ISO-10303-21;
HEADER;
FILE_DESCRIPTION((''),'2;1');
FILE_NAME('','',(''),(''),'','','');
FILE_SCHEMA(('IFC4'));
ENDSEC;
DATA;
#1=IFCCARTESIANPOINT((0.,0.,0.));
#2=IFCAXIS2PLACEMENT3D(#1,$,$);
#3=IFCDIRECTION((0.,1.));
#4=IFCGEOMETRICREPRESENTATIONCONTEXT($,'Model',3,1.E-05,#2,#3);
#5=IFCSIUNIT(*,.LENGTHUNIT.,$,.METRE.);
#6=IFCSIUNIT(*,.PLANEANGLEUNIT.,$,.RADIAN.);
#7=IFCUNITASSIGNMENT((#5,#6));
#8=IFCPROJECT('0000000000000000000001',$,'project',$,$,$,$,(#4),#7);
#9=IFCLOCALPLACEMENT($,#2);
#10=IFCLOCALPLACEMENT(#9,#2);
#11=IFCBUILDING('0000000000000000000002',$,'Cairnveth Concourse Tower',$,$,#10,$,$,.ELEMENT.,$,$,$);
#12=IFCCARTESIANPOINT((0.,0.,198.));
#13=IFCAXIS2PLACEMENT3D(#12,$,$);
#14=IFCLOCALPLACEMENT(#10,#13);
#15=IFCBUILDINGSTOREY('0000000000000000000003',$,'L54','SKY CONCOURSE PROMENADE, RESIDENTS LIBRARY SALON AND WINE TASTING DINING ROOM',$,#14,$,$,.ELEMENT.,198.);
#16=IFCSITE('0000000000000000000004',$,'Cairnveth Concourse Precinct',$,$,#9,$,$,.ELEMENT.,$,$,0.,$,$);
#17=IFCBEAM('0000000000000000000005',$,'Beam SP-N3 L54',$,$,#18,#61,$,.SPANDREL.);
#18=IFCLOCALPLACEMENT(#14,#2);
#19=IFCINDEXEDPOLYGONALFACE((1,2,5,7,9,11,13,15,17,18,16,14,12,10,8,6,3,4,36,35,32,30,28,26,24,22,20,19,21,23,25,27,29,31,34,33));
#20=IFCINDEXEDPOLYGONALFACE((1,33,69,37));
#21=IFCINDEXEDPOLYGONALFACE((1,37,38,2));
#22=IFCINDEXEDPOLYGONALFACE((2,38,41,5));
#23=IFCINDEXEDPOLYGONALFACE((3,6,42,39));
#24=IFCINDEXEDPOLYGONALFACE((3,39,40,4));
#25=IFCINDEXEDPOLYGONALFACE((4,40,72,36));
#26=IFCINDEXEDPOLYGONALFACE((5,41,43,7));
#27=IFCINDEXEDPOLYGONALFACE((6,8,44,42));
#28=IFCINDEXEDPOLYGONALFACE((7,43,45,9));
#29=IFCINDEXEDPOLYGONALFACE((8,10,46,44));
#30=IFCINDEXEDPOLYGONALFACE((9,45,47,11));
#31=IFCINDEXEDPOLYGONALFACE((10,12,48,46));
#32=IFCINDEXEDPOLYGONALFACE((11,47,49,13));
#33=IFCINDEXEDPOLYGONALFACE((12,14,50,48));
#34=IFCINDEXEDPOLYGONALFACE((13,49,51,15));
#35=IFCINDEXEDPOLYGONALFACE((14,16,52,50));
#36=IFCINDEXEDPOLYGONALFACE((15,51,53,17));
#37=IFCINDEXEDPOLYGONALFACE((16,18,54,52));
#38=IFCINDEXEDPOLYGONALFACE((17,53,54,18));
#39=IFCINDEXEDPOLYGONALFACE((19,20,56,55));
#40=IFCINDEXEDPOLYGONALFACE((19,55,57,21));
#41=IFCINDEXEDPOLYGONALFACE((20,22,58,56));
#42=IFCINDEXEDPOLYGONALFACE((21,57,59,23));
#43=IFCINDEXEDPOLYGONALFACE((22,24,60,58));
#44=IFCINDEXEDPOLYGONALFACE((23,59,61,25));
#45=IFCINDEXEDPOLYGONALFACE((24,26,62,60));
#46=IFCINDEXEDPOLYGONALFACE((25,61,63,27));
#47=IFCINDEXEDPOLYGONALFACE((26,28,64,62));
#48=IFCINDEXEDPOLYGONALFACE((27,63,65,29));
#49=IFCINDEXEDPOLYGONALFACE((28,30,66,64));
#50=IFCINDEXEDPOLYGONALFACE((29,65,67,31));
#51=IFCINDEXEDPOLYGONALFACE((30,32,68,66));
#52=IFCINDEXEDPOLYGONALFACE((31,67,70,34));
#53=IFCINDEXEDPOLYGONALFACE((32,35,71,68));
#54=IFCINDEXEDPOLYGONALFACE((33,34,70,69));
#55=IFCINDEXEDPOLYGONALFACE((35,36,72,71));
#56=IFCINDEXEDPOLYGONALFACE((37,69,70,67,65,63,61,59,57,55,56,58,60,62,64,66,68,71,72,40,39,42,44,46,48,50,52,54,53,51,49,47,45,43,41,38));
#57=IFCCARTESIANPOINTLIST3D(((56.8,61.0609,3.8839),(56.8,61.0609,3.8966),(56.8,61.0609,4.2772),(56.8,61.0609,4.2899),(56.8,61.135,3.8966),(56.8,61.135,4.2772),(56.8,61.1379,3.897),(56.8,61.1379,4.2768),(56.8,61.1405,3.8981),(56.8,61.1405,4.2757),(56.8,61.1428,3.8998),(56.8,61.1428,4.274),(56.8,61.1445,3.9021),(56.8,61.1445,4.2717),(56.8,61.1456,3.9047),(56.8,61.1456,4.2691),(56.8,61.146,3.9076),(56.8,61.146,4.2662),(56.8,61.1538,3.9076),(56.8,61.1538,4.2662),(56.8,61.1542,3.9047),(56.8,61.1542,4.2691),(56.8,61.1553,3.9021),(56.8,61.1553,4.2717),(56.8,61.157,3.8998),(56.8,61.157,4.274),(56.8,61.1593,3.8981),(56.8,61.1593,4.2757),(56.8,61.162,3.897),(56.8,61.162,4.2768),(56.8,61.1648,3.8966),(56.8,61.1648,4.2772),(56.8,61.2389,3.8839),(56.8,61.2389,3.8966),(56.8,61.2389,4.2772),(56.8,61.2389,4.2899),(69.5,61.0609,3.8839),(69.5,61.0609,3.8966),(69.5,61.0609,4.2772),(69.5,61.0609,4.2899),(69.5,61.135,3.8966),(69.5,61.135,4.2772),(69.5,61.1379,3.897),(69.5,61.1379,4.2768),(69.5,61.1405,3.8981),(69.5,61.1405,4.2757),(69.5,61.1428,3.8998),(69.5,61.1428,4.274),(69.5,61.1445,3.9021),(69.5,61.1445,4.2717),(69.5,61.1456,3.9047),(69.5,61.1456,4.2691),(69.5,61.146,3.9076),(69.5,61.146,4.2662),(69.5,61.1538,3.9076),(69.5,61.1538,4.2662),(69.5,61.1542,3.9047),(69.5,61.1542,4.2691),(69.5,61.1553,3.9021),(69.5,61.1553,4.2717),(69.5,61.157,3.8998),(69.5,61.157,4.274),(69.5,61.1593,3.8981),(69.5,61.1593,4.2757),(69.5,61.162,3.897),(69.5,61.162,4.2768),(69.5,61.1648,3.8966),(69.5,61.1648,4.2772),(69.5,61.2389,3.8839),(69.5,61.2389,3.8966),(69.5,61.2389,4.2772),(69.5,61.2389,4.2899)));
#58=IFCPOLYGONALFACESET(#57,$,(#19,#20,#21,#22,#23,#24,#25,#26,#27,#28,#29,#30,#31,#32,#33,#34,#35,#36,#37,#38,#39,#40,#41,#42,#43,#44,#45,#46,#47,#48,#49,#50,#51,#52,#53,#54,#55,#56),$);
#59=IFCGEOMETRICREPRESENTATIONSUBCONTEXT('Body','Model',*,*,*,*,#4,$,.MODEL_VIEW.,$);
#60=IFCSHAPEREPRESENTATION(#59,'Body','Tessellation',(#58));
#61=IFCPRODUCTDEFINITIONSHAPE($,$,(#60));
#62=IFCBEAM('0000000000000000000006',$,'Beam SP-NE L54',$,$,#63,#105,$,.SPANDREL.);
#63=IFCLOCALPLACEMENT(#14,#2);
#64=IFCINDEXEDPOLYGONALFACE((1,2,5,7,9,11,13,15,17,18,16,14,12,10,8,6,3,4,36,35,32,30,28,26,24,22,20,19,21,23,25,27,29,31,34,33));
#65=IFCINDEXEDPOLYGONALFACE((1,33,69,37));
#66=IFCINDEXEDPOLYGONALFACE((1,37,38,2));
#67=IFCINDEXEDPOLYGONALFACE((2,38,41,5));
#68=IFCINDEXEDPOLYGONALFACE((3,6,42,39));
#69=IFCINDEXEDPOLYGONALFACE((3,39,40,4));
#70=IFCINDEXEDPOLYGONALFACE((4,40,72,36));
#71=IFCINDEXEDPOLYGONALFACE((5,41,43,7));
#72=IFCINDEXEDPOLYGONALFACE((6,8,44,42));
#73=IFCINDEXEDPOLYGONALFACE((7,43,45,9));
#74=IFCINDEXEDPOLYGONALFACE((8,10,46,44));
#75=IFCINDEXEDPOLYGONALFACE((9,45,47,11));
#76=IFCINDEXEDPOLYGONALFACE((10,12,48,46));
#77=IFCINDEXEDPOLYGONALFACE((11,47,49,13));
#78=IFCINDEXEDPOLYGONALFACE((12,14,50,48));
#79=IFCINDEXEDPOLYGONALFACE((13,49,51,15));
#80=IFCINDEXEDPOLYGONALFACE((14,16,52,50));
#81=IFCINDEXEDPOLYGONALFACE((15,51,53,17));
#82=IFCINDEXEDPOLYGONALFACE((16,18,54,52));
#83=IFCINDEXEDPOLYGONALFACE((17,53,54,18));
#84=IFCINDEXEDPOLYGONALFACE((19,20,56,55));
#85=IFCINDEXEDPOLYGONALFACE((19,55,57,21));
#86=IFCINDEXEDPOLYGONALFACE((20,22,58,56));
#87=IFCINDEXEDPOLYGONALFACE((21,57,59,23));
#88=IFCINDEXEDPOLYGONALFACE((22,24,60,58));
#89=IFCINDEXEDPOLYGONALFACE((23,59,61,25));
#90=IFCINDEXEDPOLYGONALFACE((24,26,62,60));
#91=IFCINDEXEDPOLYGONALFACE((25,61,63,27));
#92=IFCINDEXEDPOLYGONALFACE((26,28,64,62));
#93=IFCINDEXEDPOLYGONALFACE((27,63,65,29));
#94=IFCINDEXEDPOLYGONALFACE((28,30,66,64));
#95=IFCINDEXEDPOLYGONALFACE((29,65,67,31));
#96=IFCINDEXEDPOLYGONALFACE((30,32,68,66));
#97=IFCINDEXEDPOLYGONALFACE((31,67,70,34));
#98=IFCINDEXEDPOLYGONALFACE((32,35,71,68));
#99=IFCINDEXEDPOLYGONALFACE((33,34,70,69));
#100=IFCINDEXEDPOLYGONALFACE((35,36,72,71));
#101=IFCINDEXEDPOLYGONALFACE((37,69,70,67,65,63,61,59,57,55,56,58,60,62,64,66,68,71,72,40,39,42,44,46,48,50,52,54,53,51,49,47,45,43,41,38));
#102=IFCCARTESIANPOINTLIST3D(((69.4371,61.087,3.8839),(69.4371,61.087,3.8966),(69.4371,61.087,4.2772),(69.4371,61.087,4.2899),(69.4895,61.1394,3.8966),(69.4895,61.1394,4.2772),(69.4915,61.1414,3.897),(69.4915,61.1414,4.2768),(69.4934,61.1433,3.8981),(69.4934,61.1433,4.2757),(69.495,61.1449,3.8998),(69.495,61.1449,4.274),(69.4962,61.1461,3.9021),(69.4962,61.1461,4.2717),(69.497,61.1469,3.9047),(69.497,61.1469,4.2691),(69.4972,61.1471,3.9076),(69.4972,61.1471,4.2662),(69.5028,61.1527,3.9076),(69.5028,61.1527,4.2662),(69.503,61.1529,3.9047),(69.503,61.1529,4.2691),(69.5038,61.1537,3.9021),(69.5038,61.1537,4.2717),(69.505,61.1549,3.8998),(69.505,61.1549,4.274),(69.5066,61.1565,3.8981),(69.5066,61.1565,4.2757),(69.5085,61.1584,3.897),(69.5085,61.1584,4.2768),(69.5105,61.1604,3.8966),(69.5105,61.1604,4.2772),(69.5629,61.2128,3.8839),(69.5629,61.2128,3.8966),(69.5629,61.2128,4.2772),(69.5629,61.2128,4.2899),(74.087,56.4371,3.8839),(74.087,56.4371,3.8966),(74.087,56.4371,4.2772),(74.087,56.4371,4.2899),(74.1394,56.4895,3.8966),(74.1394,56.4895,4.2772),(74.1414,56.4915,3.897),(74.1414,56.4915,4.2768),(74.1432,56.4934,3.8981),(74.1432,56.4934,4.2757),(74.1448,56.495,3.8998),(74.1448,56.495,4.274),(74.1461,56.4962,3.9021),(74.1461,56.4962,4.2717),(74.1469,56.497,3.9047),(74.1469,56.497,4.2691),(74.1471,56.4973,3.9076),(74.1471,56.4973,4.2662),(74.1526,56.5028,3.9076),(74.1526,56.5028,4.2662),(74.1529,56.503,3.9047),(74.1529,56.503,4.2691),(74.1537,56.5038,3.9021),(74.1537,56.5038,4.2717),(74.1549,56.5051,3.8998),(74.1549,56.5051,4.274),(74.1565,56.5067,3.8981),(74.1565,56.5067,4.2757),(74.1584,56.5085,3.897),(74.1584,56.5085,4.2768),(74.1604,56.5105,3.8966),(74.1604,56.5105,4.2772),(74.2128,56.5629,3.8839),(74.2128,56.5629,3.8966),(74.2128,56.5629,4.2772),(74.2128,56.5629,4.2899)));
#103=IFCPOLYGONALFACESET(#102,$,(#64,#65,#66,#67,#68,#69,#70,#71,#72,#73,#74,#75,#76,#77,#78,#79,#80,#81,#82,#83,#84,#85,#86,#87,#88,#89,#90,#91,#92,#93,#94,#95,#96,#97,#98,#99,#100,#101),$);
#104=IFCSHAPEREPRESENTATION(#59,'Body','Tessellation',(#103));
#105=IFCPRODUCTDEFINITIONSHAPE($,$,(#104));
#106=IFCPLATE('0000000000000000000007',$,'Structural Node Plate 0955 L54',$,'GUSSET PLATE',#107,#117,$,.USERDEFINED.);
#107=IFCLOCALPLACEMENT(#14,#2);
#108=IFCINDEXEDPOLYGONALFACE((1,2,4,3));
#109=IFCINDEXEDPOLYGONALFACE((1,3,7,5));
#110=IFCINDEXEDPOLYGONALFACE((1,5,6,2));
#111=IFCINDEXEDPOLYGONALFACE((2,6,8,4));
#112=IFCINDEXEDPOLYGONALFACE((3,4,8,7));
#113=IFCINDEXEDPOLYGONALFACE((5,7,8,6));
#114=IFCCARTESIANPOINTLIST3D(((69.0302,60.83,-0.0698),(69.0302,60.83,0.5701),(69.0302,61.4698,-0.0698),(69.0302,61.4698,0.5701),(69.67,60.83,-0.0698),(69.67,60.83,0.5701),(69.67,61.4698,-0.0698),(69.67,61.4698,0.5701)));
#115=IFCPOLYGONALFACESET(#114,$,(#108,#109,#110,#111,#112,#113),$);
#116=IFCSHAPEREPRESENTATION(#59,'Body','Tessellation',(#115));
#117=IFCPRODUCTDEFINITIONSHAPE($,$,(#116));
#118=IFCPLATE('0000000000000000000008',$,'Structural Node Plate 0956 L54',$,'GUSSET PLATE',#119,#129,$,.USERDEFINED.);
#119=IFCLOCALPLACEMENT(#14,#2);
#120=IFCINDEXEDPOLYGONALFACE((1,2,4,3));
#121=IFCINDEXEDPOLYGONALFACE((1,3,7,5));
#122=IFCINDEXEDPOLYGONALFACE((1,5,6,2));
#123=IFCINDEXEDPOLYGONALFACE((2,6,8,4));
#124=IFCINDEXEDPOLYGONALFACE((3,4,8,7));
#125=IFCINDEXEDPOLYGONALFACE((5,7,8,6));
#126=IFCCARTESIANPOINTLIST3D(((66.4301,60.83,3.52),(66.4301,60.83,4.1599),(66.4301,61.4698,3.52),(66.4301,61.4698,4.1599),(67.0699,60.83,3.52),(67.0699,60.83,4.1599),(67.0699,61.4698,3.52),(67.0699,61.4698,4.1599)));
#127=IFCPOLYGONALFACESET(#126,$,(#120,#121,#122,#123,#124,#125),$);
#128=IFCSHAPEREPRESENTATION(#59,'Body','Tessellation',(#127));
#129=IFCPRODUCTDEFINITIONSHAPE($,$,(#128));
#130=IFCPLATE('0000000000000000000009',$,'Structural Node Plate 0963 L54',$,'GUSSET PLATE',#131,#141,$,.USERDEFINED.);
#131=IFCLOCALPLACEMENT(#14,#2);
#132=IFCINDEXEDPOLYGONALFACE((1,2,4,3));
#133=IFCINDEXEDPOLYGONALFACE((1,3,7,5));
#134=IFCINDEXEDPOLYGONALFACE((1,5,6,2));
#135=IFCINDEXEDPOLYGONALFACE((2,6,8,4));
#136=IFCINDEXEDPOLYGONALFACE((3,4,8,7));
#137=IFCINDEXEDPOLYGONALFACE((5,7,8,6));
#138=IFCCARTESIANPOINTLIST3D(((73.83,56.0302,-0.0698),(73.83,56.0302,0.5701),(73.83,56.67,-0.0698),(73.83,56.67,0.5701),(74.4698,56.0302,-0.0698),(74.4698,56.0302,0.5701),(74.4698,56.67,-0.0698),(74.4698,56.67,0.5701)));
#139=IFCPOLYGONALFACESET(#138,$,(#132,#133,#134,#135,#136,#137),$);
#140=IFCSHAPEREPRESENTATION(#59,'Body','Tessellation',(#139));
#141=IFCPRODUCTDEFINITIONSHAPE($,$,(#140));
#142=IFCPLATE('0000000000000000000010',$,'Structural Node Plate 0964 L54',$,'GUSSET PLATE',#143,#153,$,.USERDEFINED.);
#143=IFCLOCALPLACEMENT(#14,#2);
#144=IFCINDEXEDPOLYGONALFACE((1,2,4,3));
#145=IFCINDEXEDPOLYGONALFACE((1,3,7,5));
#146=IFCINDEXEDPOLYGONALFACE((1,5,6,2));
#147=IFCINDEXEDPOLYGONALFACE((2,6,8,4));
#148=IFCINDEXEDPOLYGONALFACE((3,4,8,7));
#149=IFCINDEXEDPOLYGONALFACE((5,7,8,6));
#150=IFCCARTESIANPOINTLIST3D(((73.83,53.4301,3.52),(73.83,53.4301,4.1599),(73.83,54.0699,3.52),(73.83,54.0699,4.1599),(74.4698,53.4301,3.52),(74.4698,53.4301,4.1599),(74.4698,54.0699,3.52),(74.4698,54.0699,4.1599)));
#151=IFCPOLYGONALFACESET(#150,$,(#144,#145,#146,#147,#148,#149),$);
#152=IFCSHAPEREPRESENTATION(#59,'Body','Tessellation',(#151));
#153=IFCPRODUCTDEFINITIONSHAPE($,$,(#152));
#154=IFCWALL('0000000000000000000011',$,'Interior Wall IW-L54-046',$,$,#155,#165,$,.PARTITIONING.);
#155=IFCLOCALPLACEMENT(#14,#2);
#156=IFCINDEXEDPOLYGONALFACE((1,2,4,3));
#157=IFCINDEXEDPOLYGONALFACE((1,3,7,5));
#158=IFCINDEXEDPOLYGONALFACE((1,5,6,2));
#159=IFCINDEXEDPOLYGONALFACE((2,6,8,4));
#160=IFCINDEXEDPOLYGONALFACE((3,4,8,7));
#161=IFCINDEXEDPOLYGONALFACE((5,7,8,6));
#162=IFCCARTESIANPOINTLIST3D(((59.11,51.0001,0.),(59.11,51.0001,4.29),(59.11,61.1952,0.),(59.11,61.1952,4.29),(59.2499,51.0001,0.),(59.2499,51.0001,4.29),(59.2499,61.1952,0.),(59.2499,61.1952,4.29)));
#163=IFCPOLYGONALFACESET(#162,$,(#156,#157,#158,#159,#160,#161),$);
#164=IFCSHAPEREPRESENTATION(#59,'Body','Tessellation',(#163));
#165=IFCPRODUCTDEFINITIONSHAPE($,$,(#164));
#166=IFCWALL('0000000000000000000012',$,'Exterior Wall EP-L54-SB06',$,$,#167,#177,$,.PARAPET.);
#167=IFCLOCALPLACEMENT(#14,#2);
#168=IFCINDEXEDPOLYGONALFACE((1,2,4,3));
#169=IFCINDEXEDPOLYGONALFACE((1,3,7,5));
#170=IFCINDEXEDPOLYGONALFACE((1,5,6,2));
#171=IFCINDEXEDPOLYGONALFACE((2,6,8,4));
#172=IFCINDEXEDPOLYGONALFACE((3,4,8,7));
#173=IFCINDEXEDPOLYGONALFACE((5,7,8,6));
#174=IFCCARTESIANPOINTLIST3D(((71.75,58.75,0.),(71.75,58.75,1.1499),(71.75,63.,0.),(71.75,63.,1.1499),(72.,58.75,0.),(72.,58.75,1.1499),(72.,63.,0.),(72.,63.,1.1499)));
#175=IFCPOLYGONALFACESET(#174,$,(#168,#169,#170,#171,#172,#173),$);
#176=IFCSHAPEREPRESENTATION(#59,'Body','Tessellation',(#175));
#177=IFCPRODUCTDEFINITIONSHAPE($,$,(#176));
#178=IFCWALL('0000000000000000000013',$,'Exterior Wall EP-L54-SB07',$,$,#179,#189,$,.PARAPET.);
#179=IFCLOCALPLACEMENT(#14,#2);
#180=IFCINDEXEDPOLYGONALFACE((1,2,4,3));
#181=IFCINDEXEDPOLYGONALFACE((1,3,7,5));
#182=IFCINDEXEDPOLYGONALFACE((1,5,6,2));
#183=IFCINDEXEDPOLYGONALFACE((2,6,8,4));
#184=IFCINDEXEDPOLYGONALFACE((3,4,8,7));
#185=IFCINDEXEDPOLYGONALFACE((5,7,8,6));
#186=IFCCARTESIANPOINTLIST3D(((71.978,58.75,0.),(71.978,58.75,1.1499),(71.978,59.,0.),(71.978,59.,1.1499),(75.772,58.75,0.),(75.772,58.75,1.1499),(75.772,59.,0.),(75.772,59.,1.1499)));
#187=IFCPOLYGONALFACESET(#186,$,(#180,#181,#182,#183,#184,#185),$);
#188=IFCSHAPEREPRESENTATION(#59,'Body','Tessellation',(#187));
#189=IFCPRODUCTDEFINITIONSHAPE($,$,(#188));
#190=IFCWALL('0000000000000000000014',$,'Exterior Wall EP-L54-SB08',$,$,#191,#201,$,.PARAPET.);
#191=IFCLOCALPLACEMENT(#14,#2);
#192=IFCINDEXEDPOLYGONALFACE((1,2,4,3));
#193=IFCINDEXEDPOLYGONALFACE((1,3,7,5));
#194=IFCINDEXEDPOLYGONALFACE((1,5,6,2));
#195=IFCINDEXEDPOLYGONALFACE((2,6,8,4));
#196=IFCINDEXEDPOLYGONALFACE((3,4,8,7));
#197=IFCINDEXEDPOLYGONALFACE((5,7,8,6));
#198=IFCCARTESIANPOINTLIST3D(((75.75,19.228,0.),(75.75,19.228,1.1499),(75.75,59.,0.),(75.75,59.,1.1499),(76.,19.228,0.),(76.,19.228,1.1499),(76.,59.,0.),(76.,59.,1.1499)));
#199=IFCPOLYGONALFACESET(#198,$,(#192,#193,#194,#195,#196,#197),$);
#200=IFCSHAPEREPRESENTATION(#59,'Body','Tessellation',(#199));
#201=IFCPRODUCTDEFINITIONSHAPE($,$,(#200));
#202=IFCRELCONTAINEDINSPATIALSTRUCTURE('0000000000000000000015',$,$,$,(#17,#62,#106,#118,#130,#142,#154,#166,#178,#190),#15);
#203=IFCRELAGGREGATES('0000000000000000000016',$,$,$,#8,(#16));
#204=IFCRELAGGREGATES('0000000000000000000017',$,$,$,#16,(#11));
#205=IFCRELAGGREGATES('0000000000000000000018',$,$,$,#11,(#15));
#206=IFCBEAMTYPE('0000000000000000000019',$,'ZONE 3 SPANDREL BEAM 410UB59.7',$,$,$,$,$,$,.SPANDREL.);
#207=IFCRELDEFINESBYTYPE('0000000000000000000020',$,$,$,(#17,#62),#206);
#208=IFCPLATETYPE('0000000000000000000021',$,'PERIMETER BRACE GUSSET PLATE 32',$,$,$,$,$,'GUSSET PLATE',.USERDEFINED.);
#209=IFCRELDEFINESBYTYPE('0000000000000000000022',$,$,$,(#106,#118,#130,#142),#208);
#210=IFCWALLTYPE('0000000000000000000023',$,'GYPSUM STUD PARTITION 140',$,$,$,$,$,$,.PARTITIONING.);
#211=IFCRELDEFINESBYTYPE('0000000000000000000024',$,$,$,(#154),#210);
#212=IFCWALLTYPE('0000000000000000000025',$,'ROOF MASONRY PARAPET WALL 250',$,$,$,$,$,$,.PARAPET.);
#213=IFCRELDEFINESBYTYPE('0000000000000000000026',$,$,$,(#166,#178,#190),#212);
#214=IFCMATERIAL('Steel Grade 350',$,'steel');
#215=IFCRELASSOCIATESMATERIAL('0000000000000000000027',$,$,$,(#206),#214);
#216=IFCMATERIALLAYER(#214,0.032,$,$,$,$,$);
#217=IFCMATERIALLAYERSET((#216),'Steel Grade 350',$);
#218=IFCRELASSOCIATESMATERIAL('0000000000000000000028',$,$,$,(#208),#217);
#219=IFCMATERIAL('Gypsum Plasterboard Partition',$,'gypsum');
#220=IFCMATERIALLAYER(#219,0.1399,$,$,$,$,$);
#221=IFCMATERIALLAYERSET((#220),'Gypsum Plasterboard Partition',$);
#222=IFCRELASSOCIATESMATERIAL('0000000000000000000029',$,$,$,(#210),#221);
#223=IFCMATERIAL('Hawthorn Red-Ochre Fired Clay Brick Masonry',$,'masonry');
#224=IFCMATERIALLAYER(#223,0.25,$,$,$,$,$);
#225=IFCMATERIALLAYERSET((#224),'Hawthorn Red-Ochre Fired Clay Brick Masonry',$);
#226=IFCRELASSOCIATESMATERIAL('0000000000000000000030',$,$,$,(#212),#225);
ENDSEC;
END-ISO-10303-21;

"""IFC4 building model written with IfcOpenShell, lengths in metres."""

from ifc_helpers import new_model, si_unit, direction, frame, frame_2d, origin, origin_2d, place, context, subcontext, project, spatial, rectangle, i_section, extrude, material, layer, layer_set, material_profile, profile_set, type_object, element, save


model = new_model("IFC4")

# Units and contexts
model_context = context("Model", 3, precision=1e-05, world=origin(), true_north=direction((0.0, 1.0)))
body_context = subcontext(model_context, "Body", "Model", "MODEL_VIEW")
ifc_project = project(units=[si_unit("LENGTHUNIT", "METRE"), si_unit("PLANEANGLEUNIT", "RADIAN")], contexts=[model_context])

# Site, building, storey
site_placement = place(None, origin())
site = spatial("IfcSite", under=ifc_project, at=site_placement, Name="Cairnveth Concourse Precinct", CompositionType="ELEMENT", RefElevation=0.0)
building_placement = place(site_placement, origin())
building = spatial("IfcBuilding", under=site, at=building_placement, Name="Cairnveth Concourse Tower", CompositionType="ELEMENT")
storey_placement = place(building_placement, frame((0.0, 0.0, 198.0)))
storey = spatial("IfcBuildingStorey", under=building, at=storey_placement, Name="L54", Description="SKY CONCOURSE PROMENADE, RESIDENTS LIBRARY SALON AND WINE TASTING DINING ROOM", CompositionType="ELEMENT", Elevation=198.0)

# Shared definitions
ifc_material_1 = material(Name="Steel Grade 350", Category="steel")

# Beams
ifc_material_profile_1 = material_profile(ifc_material_1, i_section(OverallWidth=0.178, OverallDepth=0.406, WebThickness=0.0078, FlangeThickness=0.0127, FilletRadius=0.011, at=origin_2d()), Name="410UB59.7")
ifc_profile_set_1 = profile_set([ifc_material_profile_1], Name="Steel Grade 350")
beam_type_1 = type_object("IfcBeamType", Name="ZONE 3 SPANDREL BEAM 410UB59.7", PredefinedType="SPANDREL", material=ifc_profile_set_1)
beam_1_placement = place(storey_placement, frame((56.8, 61.1499, 4.0869), z_axis=(1.0, 0.0, 0.0), x_axis=(0.0, 1.0, 0.0)))
element("IfcBeam", 1, at=beam_1_placement, inside=storey, type_object=beam_type_1, Name="Beam SP-N3 L54", PredefinedType="SPANDREL", context=body_context, shape_type="SweptSolid", body=[
    extrude(i_section(OverallWidth=0.178, OverallDepth=0.406, WebThickness=0.0078, FlangeThickness=0.0127, FilletRadius=0.011, at=origin_2d()), origin(), (0.0, 0.0, 1.0), 12.7),
])
beam_2_placement = place(storey_placement, frame((69.5, 61.1499, 4.0869), z_axis=(0.707107, -0.707107, 0.0), x_axis=(0.707107, 0.707107, 0.0)))
element("IfcBeam", 2, at=beam_2_placement, inside=storey, type_object=beam_type_1, Name="Beam SP-NE L54", PredefinedType="SPANDREL", context=body_context, shape_type="SweptSolid", body=[
    extrude(i_section(OverallWidth=0.178, OverallDepth=0.406, WebThickness=0.0078, FlangeThickness=0.0127, FilletRadius=0.011, at=origin_2d()), origin(), (0.0, 0.0, 1.0), 6.5759),
])

# Plates
ifc_layer_1 = layer(ifc_material_1, 0.032)
ifc_layer_set_1 = layer_set([ifc_layer_1], Name="Steel Grade 350")
plate_type = type_object("IfcPlateType", Name="PERIMETER BRACE GUSSET PLATE 32", ElementType="GUSSET PLATE", PredefinedType="USERDEFINED", material=ifc_layer_set_1)
for number, where, z_axis, x_axis, name in (
    (3, (69.3501, 61.1499, -0.0698), (0.0, 0.0, 1.0), (1.0, 0.0, 0.0), "Structural Node Plate 0955 L54"),
    (4, (66.75, 61.1499, 3.52), (0.0, 0.0, 1.0), (1.0, 0.0, 0.0), "Structural Node Plate 0956 L54"),
    (5, (74.1499, 56.3501, -0.0698), (0.0, 0.0, 1.0), (1.0, 0.0, 0.0), "Structural Node Plate 0963 L54"),
    (6, (74.1499, 53.75, 3.52), (0.0, 0.0, 1.0), (1.0, 0.0, 0.0), "Structural Node Plate 0964 L54"),
):
    element("IfcPlate", number, at=place(storey_placement, frame(where, z_axis=z_axis, x_axis=x_axis)), inside=storey, type_object=plate_type, Name=name, ObjectType="GUSSET PLATE", PredefinedType="USERDEFINED", context=body_context, shape_type="SweptSolid", body=[
        extrude(rectangle(XDim=0.6399, YDim=0.6399, at=origin_2d()), origin(), (0.0, 0.0, 1.0), 0.6399),
    ])

# Walls
ifc_material_2 = material(Name="Gypsum Plasterboard Partition", Category="gypsum")
ifc_layer_2 = layer(ifc_material_2, 0.1399)
ifc_layer_set_2 = layer_set([ifc_layer_2], Name="Gypsum Plasterboard Partition")
wall_type_1 = type_object("IfcWallType", Name="GYPSUM STUD PARTITION 140", PredefinedType="PARTITIONING", material=ifc_layer_set_2)
wall_1_placement = place(storey_placement, frame((59.1799, 51.0, 0.0), z_axis=(0.0, 0.0, 1.0), x_axis=(0.0, 1.0, 0.0)))
element("IfcWall", 7, at=wall_1_placement, inside=storey, type_object=wall_type_1, Name="Interior Wall IW-L54-046", PredefinedType="PARTITIONING", context=body_context, shape_type="SweptSolid", body=[
    extrude(rectangle(XDim=10.1951, YDim=0.1399, at=frame_2d((5.0977, 0.0))), origin(), (0.0, 0.0, 1.0), 4.29),
])
ifc_material_3 = material(Name="Hawthorn Red-Ochre Fired Clay Brick Masonry", Category="masonry")
ifc_layer_3 = layer(ifc_material_3, 0.25)
ifc_layer_set_3 = layer_set([ifc_layer_3], Name="Hawthorn Red-Ochre Fired Clay Brick Masonry")
wall_type_2 = type_object("IfcWallType", Name="ROOF MASONRY PARAPET WALL 250", PredefinedType="PARAPET", material=ifc_layer_set_3)
wall_2_placement = place(storey_placement, frame((71.875, 63.0, 0.0), z_axis=(0.0, 0.0, 1.0), x_axis=(0.0, -1.0, 0.0)))
element("IfcWall", 8, at=wall_2_placement, inside=storey, type_object=wall_type_2, Name="Exterior Wall EP-L54-SB06", PredefinedType="PARAPET", context=body_context, shape_type="SweptSolid", body=[
    extrude(rectangle(XDim=4.25, YDim=0.25, at=frame_2d((2.125, 0.0))), origin(), (0.0, 0.0, 1.0), 1.1499),
])
wall_3_placement = place(storey_placement, frame((71.978, 58.875, 0.0), z_axis=(0.0, 0.0, 1.0), x_axis=(1.0, 0.0, 0.0)))
element("IfcWall", 9, at=wall_3_placement, inside=storey, type_object=wall_type_2, Name="Exterior Wall EP-L54-SB07", PredefinedType="PARAPET", context=body_context, shape_type="SweptSolid", body=[
    extrude(rectangle(XDim=3.7939, YDim=0.25, at=frame_2d((1.897, 0.0))), origin(), (0.0, 0.0, 1.0), 1.1499),
])
wall_4_placement = place(storey_placement, frame((75.875, 59.0, 0.0), z_axis=(0.0, 0.0, 1.0), x_axis=(0.0, -1.0, 0.0)))
element("IfcWall", 10, at=wall_4_placement, inside=storey, type_object=wall_type_2, Name="Exterior Wall EP-L54-SB08", PredefinedType="PARAPET", context=body_context, shape_type="SweptSolid", body=[
    extrude(rectangle(XDim=39.772, YDim=0.25, at=frame_2d((19.886, 0.0))), origin(), (0.0, 0.0, 1.0), 1.1499),
])

save(model, "model.ifc")
